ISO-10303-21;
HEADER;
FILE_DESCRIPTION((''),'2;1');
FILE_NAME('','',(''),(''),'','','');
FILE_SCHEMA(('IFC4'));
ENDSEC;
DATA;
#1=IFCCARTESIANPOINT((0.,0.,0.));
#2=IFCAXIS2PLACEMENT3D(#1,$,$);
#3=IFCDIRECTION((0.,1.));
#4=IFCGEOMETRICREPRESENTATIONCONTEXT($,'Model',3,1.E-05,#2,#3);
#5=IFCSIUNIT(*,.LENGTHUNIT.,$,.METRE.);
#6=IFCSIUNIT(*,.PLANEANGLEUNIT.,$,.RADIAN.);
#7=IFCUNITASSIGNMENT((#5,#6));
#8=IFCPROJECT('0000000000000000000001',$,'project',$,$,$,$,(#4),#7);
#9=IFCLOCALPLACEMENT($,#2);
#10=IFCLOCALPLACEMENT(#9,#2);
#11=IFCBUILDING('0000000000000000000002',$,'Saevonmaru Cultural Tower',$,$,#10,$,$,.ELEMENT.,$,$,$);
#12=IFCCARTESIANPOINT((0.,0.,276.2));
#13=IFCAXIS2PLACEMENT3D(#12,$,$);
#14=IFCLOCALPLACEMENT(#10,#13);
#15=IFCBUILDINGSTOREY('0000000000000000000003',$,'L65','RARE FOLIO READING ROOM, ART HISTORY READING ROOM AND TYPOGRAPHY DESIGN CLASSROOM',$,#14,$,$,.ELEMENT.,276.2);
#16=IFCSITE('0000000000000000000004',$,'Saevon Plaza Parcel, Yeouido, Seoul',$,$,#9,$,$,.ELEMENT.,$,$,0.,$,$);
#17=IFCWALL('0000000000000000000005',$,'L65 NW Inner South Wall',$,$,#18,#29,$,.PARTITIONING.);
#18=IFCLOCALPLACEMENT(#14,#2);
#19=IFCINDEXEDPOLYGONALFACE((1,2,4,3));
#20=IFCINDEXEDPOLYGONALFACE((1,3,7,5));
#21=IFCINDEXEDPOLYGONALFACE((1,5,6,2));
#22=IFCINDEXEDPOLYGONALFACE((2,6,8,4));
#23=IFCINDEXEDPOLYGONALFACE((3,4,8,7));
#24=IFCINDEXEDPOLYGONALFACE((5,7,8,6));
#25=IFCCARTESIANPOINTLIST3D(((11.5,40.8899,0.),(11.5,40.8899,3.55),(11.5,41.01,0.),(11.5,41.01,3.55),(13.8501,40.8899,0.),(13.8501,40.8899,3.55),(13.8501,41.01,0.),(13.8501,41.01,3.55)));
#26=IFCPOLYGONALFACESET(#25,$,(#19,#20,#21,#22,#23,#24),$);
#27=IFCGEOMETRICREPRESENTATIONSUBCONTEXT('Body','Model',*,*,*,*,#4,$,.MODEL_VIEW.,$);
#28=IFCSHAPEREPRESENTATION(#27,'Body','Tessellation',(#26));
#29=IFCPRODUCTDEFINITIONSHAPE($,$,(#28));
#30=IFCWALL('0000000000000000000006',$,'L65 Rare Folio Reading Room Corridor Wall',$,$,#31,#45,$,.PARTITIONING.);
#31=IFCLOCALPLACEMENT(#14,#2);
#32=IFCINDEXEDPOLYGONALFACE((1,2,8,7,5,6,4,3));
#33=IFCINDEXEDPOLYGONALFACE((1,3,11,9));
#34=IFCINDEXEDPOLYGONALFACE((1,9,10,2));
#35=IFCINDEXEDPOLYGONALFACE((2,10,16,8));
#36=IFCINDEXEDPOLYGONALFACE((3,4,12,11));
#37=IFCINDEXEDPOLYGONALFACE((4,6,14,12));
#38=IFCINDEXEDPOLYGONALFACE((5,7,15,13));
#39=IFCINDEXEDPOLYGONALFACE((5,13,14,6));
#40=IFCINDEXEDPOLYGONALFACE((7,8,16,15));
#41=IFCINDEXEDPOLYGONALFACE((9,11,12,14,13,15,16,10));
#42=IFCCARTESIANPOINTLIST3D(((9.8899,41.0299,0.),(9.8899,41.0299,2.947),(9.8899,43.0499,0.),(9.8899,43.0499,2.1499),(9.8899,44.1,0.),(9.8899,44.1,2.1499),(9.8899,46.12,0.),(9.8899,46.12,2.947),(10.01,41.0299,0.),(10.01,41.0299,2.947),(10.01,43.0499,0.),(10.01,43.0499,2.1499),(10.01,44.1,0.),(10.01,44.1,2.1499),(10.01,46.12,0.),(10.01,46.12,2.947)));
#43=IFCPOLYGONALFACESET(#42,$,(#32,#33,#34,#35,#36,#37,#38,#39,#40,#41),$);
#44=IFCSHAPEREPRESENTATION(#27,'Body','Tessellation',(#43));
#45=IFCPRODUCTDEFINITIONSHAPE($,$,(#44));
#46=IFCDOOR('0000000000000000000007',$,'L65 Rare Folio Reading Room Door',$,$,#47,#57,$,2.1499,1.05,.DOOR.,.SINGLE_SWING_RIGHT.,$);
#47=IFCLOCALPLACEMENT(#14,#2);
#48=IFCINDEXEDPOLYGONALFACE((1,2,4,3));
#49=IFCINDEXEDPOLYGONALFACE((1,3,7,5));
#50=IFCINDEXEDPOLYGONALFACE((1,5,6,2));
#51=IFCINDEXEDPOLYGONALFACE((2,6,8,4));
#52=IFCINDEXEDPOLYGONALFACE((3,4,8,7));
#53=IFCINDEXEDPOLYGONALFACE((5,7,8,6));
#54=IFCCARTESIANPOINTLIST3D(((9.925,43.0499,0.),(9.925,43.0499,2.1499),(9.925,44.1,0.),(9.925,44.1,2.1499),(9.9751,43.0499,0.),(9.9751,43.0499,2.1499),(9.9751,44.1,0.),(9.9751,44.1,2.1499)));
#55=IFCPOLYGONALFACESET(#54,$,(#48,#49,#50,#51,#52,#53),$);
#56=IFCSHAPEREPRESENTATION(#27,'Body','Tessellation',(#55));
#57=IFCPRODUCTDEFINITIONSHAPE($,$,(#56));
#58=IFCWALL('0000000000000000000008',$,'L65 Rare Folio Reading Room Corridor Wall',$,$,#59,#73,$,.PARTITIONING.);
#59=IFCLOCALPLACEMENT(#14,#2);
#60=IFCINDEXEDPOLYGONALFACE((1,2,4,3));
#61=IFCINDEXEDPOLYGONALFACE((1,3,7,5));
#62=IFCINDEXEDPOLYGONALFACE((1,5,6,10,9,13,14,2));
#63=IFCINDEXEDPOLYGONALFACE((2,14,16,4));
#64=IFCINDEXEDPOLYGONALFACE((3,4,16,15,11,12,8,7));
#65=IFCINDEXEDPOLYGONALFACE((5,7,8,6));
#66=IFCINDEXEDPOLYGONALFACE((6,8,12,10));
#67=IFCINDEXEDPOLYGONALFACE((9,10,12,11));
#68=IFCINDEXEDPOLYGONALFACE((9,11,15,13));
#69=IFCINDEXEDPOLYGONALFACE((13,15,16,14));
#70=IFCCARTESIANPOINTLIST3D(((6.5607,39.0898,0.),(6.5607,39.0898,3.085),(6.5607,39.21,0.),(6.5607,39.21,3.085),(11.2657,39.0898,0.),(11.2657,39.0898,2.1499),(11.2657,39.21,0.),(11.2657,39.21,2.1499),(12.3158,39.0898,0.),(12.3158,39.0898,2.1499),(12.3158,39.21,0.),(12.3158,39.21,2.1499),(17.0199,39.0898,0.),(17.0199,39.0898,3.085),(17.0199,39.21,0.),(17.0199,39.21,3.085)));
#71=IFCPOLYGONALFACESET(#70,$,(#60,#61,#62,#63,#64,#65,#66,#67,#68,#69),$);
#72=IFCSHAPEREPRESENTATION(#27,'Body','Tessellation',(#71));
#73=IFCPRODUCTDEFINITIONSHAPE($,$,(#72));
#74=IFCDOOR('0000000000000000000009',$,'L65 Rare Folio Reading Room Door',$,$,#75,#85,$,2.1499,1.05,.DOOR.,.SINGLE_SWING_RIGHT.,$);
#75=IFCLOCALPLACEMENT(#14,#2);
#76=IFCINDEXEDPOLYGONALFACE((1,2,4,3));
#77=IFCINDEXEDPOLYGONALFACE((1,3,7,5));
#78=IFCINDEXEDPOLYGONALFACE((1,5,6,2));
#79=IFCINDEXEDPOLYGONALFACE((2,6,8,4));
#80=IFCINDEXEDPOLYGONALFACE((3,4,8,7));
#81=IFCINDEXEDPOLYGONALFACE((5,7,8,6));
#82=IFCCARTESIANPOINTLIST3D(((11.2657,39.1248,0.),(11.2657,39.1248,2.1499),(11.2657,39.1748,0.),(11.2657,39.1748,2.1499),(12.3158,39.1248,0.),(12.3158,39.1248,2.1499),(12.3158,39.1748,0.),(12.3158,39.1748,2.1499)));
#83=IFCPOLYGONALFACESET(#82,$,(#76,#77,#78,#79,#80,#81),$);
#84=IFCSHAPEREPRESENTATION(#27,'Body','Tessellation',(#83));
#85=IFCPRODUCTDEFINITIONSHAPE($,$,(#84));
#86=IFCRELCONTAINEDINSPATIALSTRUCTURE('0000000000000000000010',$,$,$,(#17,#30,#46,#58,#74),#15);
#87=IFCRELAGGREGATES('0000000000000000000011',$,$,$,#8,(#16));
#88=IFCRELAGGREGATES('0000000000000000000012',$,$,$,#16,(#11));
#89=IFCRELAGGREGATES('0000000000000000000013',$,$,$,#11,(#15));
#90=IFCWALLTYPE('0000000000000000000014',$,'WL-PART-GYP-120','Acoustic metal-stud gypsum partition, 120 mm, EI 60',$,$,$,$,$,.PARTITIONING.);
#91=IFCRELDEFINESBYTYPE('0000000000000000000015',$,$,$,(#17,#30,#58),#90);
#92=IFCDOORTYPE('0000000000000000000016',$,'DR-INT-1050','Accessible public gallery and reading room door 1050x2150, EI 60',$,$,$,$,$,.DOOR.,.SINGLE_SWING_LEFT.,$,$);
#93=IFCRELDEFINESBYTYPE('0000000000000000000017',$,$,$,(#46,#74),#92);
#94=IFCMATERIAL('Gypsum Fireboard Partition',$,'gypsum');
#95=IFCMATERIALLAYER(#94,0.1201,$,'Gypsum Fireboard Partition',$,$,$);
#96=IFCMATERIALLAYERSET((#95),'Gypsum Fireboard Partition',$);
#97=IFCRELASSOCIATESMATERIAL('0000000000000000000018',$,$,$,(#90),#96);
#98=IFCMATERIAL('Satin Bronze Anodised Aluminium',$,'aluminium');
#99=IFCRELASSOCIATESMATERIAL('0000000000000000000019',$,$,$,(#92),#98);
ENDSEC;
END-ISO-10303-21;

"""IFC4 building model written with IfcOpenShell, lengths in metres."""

from ifc_helpers import new_model, si_unit, direction, frame, frame_2d, origin, place, context, subcontext, project, spatial, rectangle, extrude, material, layer, layer_set, type_object, element, fill, save


model = new_model("IFC4")

# Units and contexts
model_context = context("Model", 3, precision=1e-05, world=origin(), true_north=direction((0.0, 1.0)))
body_context = subcontext(model_context, "Body", "Model", "MODEL_VIEW")
ifc_project = project(units=[si_unit("LENGTHUNIT", "METRE"), si_unit("PLANEANGLEUNIT", "RADIAN")], contexts=[model_context])

# Site, building, storey
site_placement = place(None, origin())
site = spatial("IfcSite", under=ifc_project, at=site_placement, Name="Saevon Plaza Parcel, Yeouido, Seoul", CompositionType="ELEMENT", RefElevation=0.0)
building_placement = place(site_placement, origin())
building = spatial("IfcBuilding", under=site, at=building_placement, Name="Saevonmaru Cultural Tower", CompositionType="ELEMENT")
storey_placement = place(building_placement, frame((0.0, 0.0, 276.2)))
storey = spatial("IfcBuildingStorey", under=building, at=storey_placement, Name="L65", Description="RARE FOLIO READING ROOM, ART HISTORY READING ROOM AND TYPOGRAPHY DESIGN CLASSROOM", CompositionType="ELEMENT", Elevation=276.2)

# Shared definitions
ifc_material_1 = material(Name="Satin Bronze Anodised Aluminium", Category="aluminium")

# Wall
ifc_material_2 = material(Name="Gypsum Fireboard Partition", Category="gypsum")
ifc_layer_1 = layer(ifc_material_2, 0.1201, Name="Gypsum Fireboard Partition")
ifc_layer_set_1 = layer_set([ifc_layer_1], Name="Gypsum Fireboard Partition")
wall_type = type_object("IfcWallType", Name="WL-PART-GYP-120", Description="Acoustic metal-stud gypsum partition, 120 mm, EI 60", PredefinedType="PARTITIONING", material=ifc_layer_set_1)
wall_1_placement = place(storey_placement, frame((11.5, 40.95, 0.0), z_axis=(0.0, 0.0, 1.0), x_axis=(1.0, 0.0, 0.0)))
element("IfcWall", 1, at=wall_1_placement, inside=storey, type_object=wall_type, Name="L65 NW Inner South Wall", PredefinedType="PARTITIONING", context=body_context, shape_type="SweptSolid", body=[
    extrude(rectangle(XDim=2.3501, YDim=0.1201, at=frame_2d((1.175, 0.0))), origin(), (0.0, 0.0, 1.0), 3.55),
])

# Walls, openings, doors
wall_2_placement = place(storey_placement, frame((9.95, 41.03, 0.0), z_axis=(0.0, 0.0, 1.0), x_axis=(0.0, 1.0, 0.0)))
wall_2 = element("IfcWall", 2, at=wall_2_placement, inside=storey, type_object=wall_type, Name="L65 Rare Folio Reading Room Corridor Wall", PredefinedType="PARTITIONING", context=body_context, shape_type="SweptSolid", body=[
    extrude(rectangle(XDim=5.0901, YDim=0.1201, at=frame_2d((2.5449, 0.0))), origin(), (0.0, 0.0, 1.0), 2.947),
])
opening_1_placement = place(wall_2_placement, frame((2.02, 0.0, 0.0)))
opening_1 = element("IfcOpeningElement", 3, at=opening_1_placement, cuts=wall_2, PredefinedType="OPENING", context=body_context, shape_type="SweptSolid", body=[
    extrude(rectangle(XDim=1.05, YDim=2.1499, at=frame_2d((0.5249, 1.075))), frame((0.0, 0.0701, 0.0), z_axis=(0.0, -1.0, 0.0), x_axis=(1.0, 0.0, 0.0)), (0.0, 0.0, 1.0), 0.1401),
])
door_type = type_object("IfcDoorType", Name="DR-INT-1050", Description="Accessible public gallery and reading room door 1050x2150, EI 60", OperationType="SINGLE_SWING_LEFT", PredefinedType="DOOR", material=ifc_material_1)
door_1_placement = place(opening_1_placement, origin())
door_1 = element("IfcDoor", 4, at=door_1_placement, inside=storey, type_object=door_type, Name="L65 Rare Folio Reading Room Door", OperationType="SINGLE_SWING_RIGHT", OverallHeight=2.1499, OverallWidth=1.05, PredefinedType="DOOR", context=body_context, shape_type="SweptSolid", body=[
    extrude(rectangle(XDim=1.05, YDim=2.1499, at=frame_2d((0.5249, 1.075))), frame((0.0, 0.0249, 0.0), z_axis=(0.0, -1.0, 0.0), x_axis=(1.0, 0.0, 0.0)), (0.0, 0.0, 1.0), 0.05),
])
fill(opening_1, door_1)
wall_3_placement = place(storey_placement, frame((6.5608, 39.1499, 0.0), z_axis=(0.0, 0.0, 1.0), x_axis=(1.0, 0.0, 0.0)))
wall_3 = element("IfcWall", 5, at=wall_3_placement, inside=storey, type_object=wall_type, Name="L65 Rare Folio Reading Room Corridor Wall", PredefinedType="PARTITIONING", context=body_context, shape_type="SweptSolid", body=[
    extrude(rectangle(XDim=10.4592, YDim=0.1201, at=frame_2d((5.2295, 0.0))), origin(), (0.0, 0.0, 1.0), 3.085),
])
opening_2_placement = place(wall_3_placement, frame((4.7051, 0.0, 0.0)))
opening_2 = element("IfcOpeningElement", 6, at=opening_2_placement, cuts=wall_3, PredefinedType="OPENING", context=body_context, shape_type="SweptSolid", body=[
    extrude(rectangle(XDim=1.05, YDim=2.1499, at=frame_2d((0.5249, 1.075))), frame((0.0, 0.0701, 0.0), z_axis=(0.0, -1.0, 0.0), x_axis=(1.0, 0.0, 0.0)), (0.0, 0.0, 1.0), 0.1401),
])
door_2_placement = place(opening_2_placement, origin())
door_2 = element("IfcDoor", 7, at=door_2_placement, inside=storey, type_object=door_type, Name="L65 Rare Folio Reading Room Door", OperationType="SINGLE_SWING_RIGHT", OverallHeight=2.1499, OverallWidth=1.05, PredefinedType="DOOR", context=body_context, shape_type="SweptSolid", body=[
    extrude(rectangle(XDim=1.05, YDim=2.1499, at=frame_2d((0.5249, 1.075))), frame((0.0, 0.0249, 0.0), z_axis=(0.0, -1.0, 0.0), x_axis=(1.0, 0.0, 0.0)), (0.0, 0.0, 1.0), 0.05),
])
fill(opening_2, door_2)

save(model, "model.ifc")
